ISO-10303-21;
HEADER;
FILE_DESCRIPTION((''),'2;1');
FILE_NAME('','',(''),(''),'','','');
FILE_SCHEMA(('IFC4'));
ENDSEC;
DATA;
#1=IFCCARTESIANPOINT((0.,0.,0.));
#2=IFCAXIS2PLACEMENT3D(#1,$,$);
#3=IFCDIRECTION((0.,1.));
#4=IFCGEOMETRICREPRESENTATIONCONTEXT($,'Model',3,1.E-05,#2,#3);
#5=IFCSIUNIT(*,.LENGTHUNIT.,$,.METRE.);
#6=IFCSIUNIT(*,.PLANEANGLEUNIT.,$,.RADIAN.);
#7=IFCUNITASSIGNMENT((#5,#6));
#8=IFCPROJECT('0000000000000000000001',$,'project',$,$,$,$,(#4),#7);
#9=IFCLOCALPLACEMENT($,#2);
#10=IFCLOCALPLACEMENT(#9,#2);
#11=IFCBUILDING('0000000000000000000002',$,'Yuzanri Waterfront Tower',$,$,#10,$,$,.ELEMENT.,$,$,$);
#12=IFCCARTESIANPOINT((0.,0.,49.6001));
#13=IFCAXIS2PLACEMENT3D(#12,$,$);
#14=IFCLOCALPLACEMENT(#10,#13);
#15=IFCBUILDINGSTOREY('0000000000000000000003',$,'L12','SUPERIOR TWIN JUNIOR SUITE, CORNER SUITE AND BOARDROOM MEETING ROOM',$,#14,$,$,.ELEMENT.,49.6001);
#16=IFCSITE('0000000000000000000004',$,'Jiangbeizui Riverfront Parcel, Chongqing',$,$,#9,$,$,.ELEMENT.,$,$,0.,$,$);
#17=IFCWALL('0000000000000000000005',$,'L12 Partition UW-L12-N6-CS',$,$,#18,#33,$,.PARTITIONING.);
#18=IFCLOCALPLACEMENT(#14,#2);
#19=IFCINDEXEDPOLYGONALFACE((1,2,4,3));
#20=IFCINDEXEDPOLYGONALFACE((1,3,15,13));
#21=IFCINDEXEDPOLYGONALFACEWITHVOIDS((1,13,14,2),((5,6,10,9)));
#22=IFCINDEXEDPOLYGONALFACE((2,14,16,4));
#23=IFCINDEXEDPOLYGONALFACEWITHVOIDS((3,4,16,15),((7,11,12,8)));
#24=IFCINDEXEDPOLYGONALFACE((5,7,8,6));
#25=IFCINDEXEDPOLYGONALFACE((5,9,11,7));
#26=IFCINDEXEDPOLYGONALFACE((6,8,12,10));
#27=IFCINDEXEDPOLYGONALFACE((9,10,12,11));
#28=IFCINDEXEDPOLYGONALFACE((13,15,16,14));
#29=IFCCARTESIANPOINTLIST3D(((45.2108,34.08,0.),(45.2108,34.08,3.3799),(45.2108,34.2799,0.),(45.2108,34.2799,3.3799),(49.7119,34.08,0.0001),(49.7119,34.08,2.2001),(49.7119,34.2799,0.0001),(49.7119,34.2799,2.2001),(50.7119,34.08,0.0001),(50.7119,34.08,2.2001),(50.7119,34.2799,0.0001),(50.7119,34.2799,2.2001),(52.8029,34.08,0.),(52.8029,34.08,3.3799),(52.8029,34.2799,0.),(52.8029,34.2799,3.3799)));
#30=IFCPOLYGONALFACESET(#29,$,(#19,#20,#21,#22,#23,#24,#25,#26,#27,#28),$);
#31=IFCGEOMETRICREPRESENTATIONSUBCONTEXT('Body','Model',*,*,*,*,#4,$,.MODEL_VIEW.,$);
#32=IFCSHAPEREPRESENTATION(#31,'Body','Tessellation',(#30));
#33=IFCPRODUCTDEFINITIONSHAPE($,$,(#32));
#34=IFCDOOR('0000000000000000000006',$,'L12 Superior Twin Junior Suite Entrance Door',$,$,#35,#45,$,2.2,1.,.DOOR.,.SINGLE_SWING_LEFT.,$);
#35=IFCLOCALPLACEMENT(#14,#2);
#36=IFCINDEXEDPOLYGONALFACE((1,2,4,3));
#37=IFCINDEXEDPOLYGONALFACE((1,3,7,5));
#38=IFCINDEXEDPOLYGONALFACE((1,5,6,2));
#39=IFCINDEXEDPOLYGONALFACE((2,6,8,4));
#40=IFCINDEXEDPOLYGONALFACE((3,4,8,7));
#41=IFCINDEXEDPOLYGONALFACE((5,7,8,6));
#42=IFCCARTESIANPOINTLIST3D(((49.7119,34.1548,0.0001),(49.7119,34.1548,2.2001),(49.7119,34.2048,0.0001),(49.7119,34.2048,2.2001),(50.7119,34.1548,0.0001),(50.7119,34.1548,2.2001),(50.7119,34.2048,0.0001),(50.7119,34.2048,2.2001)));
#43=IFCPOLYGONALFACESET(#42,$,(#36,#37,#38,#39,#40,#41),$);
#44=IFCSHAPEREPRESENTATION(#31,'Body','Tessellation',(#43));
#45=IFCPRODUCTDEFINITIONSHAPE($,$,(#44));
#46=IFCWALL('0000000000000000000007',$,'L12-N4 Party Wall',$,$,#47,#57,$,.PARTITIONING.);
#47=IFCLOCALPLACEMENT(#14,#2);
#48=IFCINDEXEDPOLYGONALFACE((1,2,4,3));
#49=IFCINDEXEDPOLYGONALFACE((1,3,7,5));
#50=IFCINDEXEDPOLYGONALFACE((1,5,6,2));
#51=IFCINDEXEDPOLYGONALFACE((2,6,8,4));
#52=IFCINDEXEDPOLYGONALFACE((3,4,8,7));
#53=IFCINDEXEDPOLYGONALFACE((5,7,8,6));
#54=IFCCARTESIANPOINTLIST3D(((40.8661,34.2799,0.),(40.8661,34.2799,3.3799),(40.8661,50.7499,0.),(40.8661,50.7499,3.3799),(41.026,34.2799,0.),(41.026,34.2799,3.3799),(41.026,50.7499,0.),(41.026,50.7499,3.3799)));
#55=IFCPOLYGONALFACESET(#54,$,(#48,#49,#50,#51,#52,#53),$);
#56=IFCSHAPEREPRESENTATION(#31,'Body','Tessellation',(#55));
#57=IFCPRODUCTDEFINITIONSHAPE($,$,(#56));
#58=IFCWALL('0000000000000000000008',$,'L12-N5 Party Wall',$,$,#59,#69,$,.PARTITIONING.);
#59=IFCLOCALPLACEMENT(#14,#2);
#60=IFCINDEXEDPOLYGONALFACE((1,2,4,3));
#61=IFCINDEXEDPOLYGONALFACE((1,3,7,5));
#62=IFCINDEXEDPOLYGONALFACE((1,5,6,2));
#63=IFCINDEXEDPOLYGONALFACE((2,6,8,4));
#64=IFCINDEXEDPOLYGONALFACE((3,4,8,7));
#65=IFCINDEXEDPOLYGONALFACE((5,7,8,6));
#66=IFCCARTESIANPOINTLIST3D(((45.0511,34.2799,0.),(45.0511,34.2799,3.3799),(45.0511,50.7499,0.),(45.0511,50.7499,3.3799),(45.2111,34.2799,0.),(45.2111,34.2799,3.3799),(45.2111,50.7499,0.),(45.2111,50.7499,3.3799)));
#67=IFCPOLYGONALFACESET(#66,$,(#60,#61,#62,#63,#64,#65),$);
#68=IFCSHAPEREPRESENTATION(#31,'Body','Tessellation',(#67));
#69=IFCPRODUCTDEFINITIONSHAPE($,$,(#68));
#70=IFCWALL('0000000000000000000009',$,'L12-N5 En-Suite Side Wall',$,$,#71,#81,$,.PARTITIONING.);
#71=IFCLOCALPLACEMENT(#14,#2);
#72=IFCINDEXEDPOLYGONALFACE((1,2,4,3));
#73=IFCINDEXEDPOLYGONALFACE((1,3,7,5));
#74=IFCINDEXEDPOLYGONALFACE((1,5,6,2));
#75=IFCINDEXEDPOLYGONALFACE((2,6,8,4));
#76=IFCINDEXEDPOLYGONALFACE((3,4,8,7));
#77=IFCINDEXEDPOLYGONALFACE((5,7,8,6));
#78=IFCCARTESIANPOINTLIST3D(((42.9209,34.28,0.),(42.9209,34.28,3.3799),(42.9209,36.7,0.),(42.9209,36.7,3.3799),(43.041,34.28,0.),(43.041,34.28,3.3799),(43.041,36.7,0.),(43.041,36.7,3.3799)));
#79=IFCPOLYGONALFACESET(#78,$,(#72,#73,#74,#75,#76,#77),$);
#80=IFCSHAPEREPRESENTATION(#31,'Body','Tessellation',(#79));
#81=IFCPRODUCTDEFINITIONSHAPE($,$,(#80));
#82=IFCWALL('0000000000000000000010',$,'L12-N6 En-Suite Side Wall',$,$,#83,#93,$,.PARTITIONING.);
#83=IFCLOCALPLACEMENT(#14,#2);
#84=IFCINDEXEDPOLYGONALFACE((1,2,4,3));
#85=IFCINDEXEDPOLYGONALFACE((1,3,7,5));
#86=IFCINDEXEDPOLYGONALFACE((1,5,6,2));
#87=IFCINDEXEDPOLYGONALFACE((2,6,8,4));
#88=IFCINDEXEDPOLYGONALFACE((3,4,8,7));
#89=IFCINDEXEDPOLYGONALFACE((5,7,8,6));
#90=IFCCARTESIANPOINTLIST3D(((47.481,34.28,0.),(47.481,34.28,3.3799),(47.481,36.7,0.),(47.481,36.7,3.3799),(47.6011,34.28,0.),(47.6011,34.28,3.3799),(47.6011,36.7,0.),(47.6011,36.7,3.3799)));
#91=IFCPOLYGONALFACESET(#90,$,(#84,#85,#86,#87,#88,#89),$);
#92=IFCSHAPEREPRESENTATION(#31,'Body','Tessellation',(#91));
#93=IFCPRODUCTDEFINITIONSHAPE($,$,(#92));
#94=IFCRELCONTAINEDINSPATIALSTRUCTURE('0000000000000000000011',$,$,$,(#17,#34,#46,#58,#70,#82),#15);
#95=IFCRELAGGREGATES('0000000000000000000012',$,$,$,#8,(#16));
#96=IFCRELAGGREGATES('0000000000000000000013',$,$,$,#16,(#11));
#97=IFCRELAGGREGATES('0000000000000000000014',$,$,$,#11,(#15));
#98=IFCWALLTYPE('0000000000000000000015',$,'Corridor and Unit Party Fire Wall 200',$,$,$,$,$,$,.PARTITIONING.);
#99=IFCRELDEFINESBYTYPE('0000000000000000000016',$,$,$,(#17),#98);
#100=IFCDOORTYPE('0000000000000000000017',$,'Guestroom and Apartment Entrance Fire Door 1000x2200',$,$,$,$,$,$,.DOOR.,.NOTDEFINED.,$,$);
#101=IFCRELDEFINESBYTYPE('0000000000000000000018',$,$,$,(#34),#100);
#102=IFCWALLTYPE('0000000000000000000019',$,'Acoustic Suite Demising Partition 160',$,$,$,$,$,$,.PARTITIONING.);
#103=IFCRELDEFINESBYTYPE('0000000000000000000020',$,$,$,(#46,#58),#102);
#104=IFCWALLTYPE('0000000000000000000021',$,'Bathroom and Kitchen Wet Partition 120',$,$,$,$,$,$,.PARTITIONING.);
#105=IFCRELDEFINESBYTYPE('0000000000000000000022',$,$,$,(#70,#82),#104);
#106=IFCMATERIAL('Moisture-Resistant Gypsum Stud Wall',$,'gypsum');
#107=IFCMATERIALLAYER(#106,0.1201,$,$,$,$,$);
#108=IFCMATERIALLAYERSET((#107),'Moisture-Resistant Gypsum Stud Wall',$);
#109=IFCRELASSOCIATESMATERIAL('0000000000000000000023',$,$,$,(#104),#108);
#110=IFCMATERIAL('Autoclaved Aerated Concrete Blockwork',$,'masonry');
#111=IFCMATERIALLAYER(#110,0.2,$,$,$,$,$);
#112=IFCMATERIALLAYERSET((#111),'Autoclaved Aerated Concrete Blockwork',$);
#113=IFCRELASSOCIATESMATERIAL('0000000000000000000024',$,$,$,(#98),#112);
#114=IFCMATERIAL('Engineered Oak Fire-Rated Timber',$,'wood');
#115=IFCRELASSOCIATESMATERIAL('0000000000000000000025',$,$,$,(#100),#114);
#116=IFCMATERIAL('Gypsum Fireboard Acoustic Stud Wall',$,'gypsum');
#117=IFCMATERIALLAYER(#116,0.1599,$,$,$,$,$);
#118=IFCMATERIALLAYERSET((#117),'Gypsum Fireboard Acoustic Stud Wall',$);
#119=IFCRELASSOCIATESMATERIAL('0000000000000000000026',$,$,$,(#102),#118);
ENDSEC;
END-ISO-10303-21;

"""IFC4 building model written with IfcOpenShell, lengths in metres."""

from ifc_helpers import new_model, si_unit, direction, frame, frame_2d, origin, place, context, subcontext, project, spatial, rectangle, extrude, source, transform, mapped, material, layer, layer_set, type_object, element, fill, save


model = new_model("IFC4")

# Units and contexts
model_context = context("Model", 3, precision=1e-05, world=origin(), true_north=direction((0.0, 1.0)))
body_context = subcontext(model_context, "Body", "Model", "MODEL_VIEW")
ifc_project = project(units=[si_unit("LENGTHUNIT", "METRE"), si_unit("PLANEANGLEUNIT", "RADIAN")], contexts=[model_context])

# Site, building, storey
site_placement = place(None, origin())
site = spatial("IfcSite", under=ifc_project, at=site_placement, Name="Jiangbeizui Riverfront Parcel, Chongqing", CompositionType="ELEMENT", RefElevation=0.0)
building_placement = place(site_placement, origin())
building = spatial("IfcBuilding", under=site, at=building_placement, Name="Yuzanri Waterfront Tower", CompositionType="ELEMENT")
storey_placement = place(building_placement, frame((0.0, 0.0, 49.6001)))
storey = spatial("IfcBuildingStorey", under=building, at=storey_placement, Name="L12", Description="SUPERIOR TWIN JUNIOR SUITE, CORNER SUITE AND BOARDROOM MEETING ROOM", CompositionType="ELEMENT", Elevation=49.6001)

# Wall, opening, door
ifc_material_1 = material(Name="Moisture-Resistant Gypsum Stud Wall", Category="gypsum")
ifc_layer_1 = layer(ifc_material_1, 0.1201)
ifc_layer_set_1 = layer_set([ifc_layer_1], Name="Moisture-Resistant Gypsum Stud Wall")
wall_type_1 = type_object("IfcWallType", Name="Bathroom and Kitchen Wet Partition 120", PredefinedType="PARTITIONING", material=ifc_layer_set_1)
ifc_material_2 = material(Name="Autoclaved Aerated Concrete Blockwork", Category="masonry")
ifc_layer_2 = layer(ifc_material_2, 0.2)
ifc_layer_set_2 = layer_set([ifc_layer_2], Name="Autoclaved Aerated Concrete Blockwork")
wall_type_2 = type_object("IfcWallType", Name="Corridor and Unit Party Fire Wall 200", PredefinedType="PARTITIONING", material=ifc_layer_set_2)
ifc_material_3 = material(Name="Engineered Oak Fire-Rated Timber", Category="wood")
door_type_1 = type_object("IfcDoorType", Name="Guestroom and Apartment Entrance Fire Door 1000x2200", OperationType="NOTDEFINED", PredefinedType="DOOR", material=ifc_material_3)
shared_shape_1 = source(origin(), body_context, "Body", "SweptSolid", [
    extrude(rectangle(XDim=1.0, YDim=2.2, at=frame_2d((0.5, 1.1001))), frame((0.0, 0.0249, 0.0), z_axis=(0.0, -1.0, 0.0), x_axis=(1.0, 0.0, 0.0)), (0.0, 0.0, 1.0), 0.05),
])
wall_1_placement = place(storey_placement, frame((45.2109, 34.1799, 0.0), z_axis=(0.0, 0.0, 1.0), x_axis=(1.0, 0.0, 0.0)))
wall_1 = element("IfcWall", 1, at=wall_1_placement, inside=storey, type_object=wall_type_2, Name="L12 Partition UW-L12-N6-CS", PredefinedType="PARTITIONING", context=body_context, shape_type="SweptSolid", body=[
    extrude(rectangle(XDim=7.592, YDim=0.2, at=frame_2d((3.7959, 0.0))), origin(), (0.0, 0.0, 1.0), 3.3799),
])
opening_1_placement = place(wall_1_placement, frame((4.501, 0.0, 0.0)))
opening_1 = element("IfcOpeningElement", 2, at=opening_1_placement, cuts=wall_1, PredefinedType="OPENING", context=body_context, shape_type="SweptSolid", body=[
    extrude(rectangle(XDim=1.0, YDim=2.2, at=frame_2d((0.5, 1.1001))), frame((0.0, 0.1147, 0.0), z_axis=(0.0, -1.0, 0.0), x_axis=(1.0, 0.0, 0.0)), (0.0, 0.0, 1.0), 0.2297),
])
door_1_placement = place(opening_1_placement, origin())
door_1 = element("IfcDoor", 3, at=door_1_placement, inside=storey, type_object=door_type_1, Name="L12 Superior Twin Junior Suite Entrance Door", OperationType="SINGLE_SWING_LEFT", OverallHeight=2.2, OverallWidth=1.0, PredefinedType="DOOR", context=body_context, shape_type="MappedRepresentation", body=[
    mapped(shared_shape_1, transform((0.0, 0.0, 0.0), scale=1.0)),
])
fill(opening_1, door_1)

# Walls
ifc_material_4 = material(Name="Gypsum Fireboard Acoustic Stud Wall", Category="gypsum")
ifc_layer_3 = layer(ifc_material_4, 0.1599)
ifc_layer_set_3 = layer_set([ifc_layer_3], Name="Gypsum Fireboard Acoustic Stud Wall")
wall_type_3 = type_object("IfcWallType", Name="Acoustic Suite Demising Partition 160", PredefinedType="PARTITIONING", material=ifc_layer_set_3)
shared_shape_2 = source(origin(), body_context, "Body", "SweptSolid", [
    extrude(rectangle(XDim=16.47, YDim=0.1599, at=frame_2d((8.2349, 0.0))), origin(), (0.0, 0.0, 1.0), 3.3799),
])
for number, where, z_axis, x_axis, name in (
    (4, (40.946, 34.28, 0.0), (0.0, 0.0, 1.0), (0.0, 1.0, 0.0), "L12-N4 Party Wall"),
    (5, (45.1311, 34.28, 0.0), (0.0, 0.0, 1.0), (0.0, 1.0, 0.0), "L12-N5 Party Wall"),
):
    element("IfcWall", number, at=place(storey_placement, frame(where, z_axis=z_axis, x_axis=x_axis)), inside=storey, type_object=wall_type_3, Name=name, PredefinedType="PARTITIONING", context=body_context, shape_type="MappedRepresentation", body=[
        mapped(shared_shape_2, transform((0.0, 0.0, 0.0), scale=1.0)),
    ])
shared_shape_3 = source(origin(), body_context, "Body", "SweptSolid", [
    extrude(rectangle(XDim=2.4199, YDim=0.1201, at=frame_2d((1.21, 0.0))), origin(), (0.0, 0.0, 1.0), 3.3799),
])
for number, where, z_axis, x_axis, name in (
    (6, (42.981, 34.28, 0.0), (0.0, 0.0, 1.0), (0.0, 1.0, 0.0), "L12-N5 En-Suite Side Wall"),
    (7, (47.541, 34.28, 0.0), (0.0, 0.0, 1.0), (0.0, 1.0, 0.0), "L12-N6 En-Suite Side Wall"),
):
    element("IfcWall", number, at=place(storey_placement, frame(where, z_axis=z_axis, x_axis=x_axis)), inside=storey, type_object=wall_type_1, Name=name, PredefinedType="PARTITIONING", context=body_context, shape_type="MappedRepresentation", body=[
        mapped(shared_shape_3, transform((0.0, 0.0, 0.0), scale=1.0)),
    ])

save(model, "model.ifc")
